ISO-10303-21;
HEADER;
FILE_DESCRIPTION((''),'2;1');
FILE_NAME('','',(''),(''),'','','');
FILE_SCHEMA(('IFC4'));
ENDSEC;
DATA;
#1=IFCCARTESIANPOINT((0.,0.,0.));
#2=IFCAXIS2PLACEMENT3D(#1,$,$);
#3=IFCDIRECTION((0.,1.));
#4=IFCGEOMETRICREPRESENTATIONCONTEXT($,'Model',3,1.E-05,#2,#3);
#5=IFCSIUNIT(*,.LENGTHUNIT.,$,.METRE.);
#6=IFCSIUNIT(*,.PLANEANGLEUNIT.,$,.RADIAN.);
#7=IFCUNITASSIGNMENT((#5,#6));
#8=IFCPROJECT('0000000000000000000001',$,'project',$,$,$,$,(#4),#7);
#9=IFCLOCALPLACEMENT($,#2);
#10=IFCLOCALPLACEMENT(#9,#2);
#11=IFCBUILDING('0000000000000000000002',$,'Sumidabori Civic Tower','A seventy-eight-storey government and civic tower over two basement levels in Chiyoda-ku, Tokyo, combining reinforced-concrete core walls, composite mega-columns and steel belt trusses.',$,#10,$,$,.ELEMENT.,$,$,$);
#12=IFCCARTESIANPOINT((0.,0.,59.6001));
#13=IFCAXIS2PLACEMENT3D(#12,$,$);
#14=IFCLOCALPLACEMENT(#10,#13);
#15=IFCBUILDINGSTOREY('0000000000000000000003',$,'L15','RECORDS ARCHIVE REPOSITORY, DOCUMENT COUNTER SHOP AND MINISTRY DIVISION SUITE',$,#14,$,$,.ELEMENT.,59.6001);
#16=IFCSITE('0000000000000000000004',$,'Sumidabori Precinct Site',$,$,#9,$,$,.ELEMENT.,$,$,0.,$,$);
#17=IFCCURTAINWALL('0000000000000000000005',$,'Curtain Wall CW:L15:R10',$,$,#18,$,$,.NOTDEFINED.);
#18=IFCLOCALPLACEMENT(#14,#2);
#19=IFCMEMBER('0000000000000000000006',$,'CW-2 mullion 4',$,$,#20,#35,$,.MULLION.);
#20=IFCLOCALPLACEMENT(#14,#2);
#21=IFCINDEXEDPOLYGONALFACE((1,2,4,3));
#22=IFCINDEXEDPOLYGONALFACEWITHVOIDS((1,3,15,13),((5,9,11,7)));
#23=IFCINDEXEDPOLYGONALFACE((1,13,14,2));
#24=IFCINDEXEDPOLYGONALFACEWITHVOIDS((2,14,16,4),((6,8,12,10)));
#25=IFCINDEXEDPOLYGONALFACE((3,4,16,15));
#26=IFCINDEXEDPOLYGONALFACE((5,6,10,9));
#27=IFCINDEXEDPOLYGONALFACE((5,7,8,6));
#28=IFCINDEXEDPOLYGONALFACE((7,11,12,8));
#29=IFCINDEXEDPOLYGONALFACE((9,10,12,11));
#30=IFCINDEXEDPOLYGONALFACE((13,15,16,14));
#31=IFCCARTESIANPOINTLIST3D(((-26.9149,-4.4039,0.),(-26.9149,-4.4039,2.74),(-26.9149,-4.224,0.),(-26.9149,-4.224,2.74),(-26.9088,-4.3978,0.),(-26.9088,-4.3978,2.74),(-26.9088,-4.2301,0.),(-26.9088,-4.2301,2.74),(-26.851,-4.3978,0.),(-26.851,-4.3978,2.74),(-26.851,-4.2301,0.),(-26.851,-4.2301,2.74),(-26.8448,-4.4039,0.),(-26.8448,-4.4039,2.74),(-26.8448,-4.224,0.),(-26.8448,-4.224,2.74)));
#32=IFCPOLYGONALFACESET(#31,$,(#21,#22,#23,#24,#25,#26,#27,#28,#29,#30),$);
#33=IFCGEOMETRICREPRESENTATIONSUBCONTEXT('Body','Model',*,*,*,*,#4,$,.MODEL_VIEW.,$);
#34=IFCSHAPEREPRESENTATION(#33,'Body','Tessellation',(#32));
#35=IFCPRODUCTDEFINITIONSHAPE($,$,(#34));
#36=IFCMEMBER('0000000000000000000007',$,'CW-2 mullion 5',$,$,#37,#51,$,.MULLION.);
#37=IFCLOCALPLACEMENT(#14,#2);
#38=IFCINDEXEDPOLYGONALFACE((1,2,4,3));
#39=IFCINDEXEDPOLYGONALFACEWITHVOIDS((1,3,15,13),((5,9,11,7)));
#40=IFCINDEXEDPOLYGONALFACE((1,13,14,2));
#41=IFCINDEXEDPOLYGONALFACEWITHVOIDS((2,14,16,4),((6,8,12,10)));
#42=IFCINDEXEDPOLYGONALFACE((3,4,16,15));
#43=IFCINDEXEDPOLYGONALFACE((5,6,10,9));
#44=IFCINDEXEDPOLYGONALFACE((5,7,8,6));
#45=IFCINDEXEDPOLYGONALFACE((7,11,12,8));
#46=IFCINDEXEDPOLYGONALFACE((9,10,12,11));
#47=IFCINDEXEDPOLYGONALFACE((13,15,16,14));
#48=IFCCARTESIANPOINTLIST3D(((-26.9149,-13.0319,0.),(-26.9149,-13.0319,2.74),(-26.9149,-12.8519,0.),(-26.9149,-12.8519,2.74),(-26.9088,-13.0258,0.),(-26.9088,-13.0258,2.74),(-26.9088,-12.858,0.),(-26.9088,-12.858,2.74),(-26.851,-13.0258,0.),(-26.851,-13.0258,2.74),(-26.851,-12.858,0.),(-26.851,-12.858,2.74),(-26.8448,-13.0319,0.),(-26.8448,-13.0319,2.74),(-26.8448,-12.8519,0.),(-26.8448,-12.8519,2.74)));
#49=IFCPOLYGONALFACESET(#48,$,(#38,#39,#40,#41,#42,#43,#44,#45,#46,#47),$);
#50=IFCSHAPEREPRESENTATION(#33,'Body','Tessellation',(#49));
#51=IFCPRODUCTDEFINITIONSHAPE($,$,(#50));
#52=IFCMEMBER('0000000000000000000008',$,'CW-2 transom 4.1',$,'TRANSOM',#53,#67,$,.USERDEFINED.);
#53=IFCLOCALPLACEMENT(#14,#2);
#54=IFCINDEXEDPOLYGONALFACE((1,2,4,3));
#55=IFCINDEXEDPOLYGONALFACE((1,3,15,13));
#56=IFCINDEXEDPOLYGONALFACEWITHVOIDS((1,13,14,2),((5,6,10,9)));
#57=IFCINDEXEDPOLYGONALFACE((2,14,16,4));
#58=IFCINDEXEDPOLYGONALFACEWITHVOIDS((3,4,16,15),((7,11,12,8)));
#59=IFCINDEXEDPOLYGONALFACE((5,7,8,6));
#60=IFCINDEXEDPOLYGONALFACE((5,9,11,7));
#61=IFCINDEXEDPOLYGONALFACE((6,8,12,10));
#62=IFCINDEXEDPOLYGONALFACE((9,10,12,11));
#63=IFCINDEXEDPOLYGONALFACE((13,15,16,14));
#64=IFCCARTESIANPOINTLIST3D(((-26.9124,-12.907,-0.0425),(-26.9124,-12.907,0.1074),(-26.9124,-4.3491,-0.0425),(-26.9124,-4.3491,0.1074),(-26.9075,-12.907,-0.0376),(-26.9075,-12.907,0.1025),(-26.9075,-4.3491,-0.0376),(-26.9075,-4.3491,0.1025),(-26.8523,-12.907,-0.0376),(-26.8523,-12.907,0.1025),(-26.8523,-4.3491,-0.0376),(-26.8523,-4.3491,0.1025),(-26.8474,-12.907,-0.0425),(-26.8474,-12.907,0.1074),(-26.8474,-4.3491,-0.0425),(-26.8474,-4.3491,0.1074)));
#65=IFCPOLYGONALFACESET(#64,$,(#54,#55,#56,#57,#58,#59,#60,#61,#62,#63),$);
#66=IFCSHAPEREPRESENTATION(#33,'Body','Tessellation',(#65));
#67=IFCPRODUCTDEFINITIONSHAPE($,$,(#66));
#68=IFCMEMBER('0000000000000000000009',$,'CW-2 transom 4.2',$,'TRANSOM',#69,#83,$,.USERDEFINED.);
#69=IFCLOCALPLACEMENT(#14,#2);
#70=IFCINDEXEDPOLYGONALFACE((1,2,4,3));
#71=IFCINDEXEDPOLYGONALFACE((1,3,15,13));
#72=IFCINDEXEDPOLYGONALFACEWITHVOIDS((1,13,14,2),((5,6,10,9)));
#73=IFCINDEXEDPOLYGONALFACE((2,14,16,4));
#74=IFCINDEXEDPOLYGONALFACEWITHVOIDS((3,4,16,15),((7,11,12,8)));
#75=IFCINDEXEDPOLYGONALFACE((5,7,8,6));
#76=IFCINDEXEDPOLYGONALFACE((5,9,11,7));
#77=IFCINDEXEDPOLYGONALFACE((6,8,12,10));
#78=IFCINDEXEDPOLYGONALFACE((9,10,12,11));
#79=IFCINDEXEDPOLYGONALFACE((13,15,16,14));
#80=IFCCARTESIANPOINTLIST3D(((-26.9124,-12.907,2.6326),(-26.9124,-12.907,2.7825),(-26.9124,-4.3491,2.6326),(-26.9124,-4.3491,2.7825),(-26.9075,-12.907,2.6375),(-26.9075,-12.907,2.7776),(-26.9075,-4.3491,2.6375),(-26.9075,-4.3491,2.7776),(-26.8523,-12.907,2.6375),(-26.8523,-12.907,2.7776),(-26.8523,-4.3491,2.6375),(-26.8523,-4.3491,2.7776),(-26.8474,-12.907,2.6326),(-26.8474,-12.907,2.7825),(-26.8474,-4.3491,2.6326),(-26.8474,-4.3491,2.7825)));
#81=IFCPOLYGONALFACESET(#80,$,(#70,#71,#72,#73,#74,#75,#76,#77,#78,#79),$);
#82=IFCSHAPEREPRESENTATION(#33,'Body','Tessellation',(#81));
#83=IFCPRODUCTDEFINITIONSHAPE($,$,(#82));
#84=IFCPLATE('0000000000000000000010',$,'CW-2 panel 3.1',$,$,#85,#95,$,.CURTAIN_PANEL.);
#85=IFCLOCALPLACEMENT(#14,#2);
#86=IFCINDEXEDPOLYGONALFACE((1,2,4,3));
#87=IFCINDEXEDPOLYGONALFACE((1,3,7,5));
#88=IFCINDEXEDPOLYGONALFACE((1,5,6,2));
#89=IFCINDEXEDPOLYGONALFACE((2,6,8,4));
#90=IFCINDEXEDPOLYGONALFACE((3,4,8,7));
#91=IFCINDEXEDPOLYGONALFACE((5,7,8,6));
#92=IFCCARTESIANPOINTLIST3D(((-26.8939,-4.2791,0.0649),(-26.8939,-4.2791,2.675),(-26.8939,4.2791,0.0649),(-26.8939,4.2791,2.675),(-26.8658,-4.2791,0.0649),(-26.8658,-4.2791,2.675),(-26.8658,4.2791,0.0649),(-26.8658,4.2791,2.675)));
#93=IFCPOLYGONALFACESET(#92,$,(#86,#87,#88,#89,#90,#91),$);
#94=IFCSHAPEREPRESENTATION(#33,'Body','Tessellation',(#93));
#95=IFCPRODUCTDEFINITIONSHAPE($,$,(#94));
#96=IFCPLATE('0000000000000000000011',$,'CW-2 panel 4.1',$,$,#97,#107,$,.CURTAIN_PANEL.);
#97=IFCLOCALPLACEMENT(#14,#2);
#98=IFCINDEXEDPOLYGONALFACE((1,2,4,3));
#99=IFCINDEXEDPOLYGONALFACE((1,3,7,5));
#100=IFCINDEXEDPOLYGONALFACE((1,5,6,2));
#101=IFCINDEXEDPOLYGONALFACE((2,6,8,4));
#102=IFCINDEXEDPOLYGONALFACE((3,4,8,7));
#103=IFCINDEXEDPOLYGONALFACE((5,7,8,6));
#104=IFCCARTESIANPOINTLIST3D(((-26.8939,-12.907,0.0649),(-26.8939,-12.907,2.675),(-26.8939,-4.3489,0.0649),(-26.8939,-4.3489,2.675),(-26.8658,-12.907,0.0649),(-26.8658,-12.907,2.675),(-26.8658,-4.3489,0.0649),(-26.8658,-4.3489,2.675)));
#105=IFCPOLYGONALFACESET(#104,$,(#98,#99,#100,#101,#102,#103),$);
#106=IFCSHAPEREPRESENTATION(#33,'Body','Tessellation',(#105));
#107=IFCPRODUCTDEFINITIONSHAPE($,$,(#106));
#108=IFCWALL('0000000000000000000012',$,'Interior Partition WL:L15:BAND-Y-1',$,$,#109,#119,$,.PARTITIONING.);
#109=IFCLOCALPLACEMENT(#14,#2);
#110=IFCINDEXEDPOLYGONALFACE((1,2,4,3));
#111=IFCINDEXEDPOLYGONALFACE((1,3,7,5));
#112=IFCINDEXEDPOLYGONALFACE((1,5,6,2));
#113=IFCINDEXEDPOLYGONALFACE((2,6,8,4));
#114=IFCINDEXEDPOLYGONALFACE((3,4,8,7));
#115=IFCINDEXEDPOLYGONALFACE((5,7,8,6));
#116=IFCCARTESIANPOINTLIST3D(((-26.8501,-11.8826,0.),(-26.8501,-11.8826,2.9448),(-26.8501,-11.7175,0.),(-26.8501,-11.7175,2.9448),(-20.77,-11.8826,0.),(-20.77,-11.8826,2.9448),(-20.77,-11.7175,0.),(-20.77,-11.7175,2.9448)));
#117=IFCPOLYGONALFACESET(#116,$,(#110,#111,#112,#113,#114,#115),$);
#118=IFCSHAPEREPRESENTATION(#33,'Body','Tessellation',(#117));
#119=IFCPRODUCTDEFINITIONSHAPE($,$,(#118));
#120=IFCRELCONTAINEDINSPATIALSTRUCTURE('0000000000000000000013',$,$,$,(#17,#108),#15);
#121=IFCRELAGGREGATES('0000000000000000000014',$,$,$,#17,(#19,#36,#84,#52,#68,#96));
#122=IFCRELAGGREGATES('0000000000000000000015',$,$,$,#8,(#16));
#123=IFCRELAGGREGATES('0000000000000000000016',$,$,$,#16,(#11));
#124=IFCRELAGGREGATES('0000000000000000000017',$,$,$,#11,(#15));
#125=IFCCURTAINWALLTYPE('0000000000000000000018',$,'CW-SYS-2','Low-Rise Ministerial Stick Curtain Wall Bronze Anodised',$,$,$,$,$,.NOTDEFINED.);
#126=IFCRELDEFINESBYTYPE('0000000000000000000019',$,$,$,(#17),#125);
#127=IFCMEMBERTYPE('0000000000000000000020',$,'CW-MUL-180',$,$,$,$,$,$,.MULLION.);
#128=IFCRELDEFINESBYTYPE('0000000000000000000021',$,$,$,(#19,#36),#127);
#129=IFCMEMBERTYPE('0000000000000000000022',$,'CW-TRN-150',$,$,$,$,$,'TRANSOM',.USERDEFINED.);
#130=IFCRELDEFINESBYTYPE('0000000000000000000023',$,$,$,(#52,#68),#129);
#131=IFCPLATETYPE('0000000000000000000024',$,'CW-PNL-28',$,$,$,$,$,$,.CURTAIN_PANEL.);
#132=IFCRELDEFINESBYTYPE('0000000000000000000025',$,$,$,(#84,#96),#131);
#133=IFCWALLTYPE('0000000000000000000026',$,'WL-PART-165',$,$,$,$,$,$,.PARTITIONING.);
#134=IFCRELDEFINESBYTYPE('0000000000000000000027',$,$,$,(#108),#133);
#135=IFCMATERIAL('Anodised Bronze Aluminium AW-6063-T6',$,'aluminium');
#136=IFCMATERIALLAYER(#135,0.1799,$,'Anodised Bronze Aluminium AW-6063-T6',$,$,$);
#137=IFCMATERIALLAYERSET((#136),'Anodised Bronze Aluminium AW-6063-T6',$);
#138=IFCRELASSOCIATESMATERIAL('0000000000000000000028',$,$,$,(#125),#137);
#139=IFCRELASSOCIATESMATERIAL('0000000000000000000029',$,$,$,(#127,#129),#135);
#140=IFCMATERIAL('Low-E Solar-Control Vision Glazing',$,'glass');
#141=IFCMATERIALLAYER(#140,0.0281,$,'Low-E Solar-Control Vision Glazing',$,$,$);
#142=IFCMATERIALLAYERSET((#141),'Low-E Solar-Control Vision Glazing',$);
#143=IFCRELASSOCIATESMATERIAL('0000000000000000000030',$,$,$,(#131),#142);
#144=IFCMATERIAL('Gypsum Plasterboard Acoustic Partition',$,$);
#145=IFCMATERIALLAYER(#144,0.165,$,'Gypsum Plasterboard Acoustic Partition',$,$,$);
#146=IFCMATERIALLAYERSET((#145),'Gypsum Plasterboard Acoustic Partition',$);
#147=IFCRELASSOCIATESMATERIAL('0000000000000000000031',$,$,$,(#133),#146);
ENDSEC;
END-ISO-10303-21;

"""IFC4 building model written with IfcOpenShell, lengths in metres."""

from ifc_helpers import new_model, si_unit, direction, frame, frame_2d, origin, origin_2d, place, context, subcontext, project, spatial, rectangle, hollow_rectangle, extrude, source, transform, mapped, material, layer, layer_set, material_profile, profile_set, type_object, element, aggregate, save


model = new_model("IFC4")

# Units and contexts
model_context = context("Model", 3, precision=1e-05, world=origin(), true_north=direction((0.0, 1.0)))
body_context = subcontext(model_context, "Body", "Model", "MODEL_VIEW")
ifc_project = project(units=[si_unit("LENGTHUNIT", "METRE"), si_unit("PLANEANGLEUNIT", "RADIAN")], contexts=[model_context])

# Site, building, storey
site_placement = place(None, origin())
site = spatial("IfcSite", under=ifc_project, at=site_placement, Name="Sumidabori Precinct Site", CompositionType="ELEMENT", RefElevation=0.0)
building_placement = place(site_placement, origin())
building = spatial("IfcBuilding", under=site, at=building_placement, Name="Sumidabori Civic Tower", Description="A seventy-eight-storey government and civic tower over two basement levels in Chiyoda-ku, Tokyo, combining reinforced-concrete core walls, composite mega-columns and steel belt trusses.", CompositionType="ELEMENT")
storey_placement = place(building_placement, frame((0.0, 0.0, 59.6001)))
storey = spatial("IfcBuildingStorey", under=building, at=storey_placement, Name="L15", Description="RECORDS ARCHIVE REPOSITORY, DOCUMENT COUNTER SHOP AND MINISTRY DIVISION SUITE", CompositionType="ELEMENT", Elevation=59.6001)

# Curtain wall, members, plates
ifc_material_1 = material(Name="Anodised Bronze Aluminium AW-6063-T6", Category="aluminium")
ifc_layer_1 = layer(ifc_material_1, 0.1799, Name="Anodised Bronze Aluminium AW-6063-T6")
ifc_layer_set_1 = layer_set([ifc_layer_1], Name="Anodised Bronze Aluminium AW-6063-T6")
curtain_wall_type = type_object("IfcCurtainWallType", Name="CW-SYS-2", Description="Low-Rise Ministerial Stick Curtain Wall Bronze Anodised", PredefinedType="NOTDEFINED", material=ifc_layer_set_1)
curtain_wall_placement = place(storey_placement, origin())
curtain_wall = element("IfcCurtainWall", 1, at=curtain_wall_placement, inside=storey, type_object=curtain_wall_type, Name="Curtain Wall CW:L15:R10", PredefinedType="NOTDEFINED")
ifc_material_profile_1 = material_profile(ifc_material_1, hollow_rectangle(XDim=0.0701, YDim=0.1799, WallThickness=0.0061, at=origin_2d()), Name="ALU MULLION 180x70")
ifc_profile_set_1 = profile_set([ifc_material_profile_1], Name="Anodised Bronze Aluminium AW-6063-T6")
member_type_1 = type_object("IfcMemberType", Name="CW-MUL-180", PredefinedType="MULLION", material=ifc_profile_set_1)
shared_shape_1 = source(origin(), body_context, "Body", "SweptSolid", [
    extrude(hollow_rectangle(XDim=0.0701, YDim=0.1799, WallThickness=0.0061, at=origin_2d()), origin(), (0.0, 0.0, 1.0), 2.74),
])
member_1_placement = place(storey_placement, frame((-26.8799, -4.314, 0.0), z_axis=(0.0, 0.0, 1.0), x_axis=(1.0, 0.0, 0.0)))
member_1 = element("IfcMember", 2, at=member_1_placement, type_object=member_type_1, Name="CW-2 mullion 4", PredefinedType="MULLION", context=body_context, shape_type="MappedRepresentation", body=[
    mapped(shared_shape_1, transform((0.0, 0.0, 0.0), x_axis=(1.0, 0.0, 0.0), y_axis=(0.0, 1.0, 0.0), z_axis=(0.0, 0.0, 1.0), scale=1.0)),
])
member_2_placement = place(storey_placement, frame((-26.8799, -12.9419, 0.0), z_axis=(0.0, 0.0, 1.0), x_axis=(1.0, 0.0, 0.0)))
member_2 = element("IfcMember", 3, at=member_2_placement, type_object=member_type_1, Name="CW-2 mullion 5", PredefinedType="MULLION", context=body_context, shape_type="MappedRepresentation", body=[
    mapped(shared_shape_1, transform((0.0, 0.0, 0.0), x_axis=(1.0, 0.0, 0.0), y_axis=(0.0, 1.0, 0.0), z_axis=(0.0, 0.0, 1.0), scale=1.0)),
])
ifc_material_profile_2 = material_profile(ifc_material_1, hollow_rectangle(XDim=0.0649, YDim=0.1499, WallThickness=0.0049, at=origin_2d()), Name="ALU TRANSOM 150x65")
ifc_profile_set_2 = profile_set([ifc_material_profile_2], Name="Anodised Bronze Aluminium AW-6063-T6")
member_type_2 = type_object("IfcMemberType", Name="CW-TRN-150", ElementType="TRANSOM", PredefinedType="USERDEFINED", material=ifc_profile_set_2)
shared_shape_2 = source(origin(), body_context, "Body", "SweptSolid", [
    extrude(hollow_rectangle(XDim=0.0649, YDim=0.1499, WallThickness=0.0049, at=origin_2d()), origin(), (0.0, 0.0, 1.0), 8.5579),
])
member_3_placement = place(storey_placement, frame((-26.8799, -4.3491, 0.0325), z_axis=(0.0, -1.0, 0.0), x_axis=(1.0, 0.0, 0.0)))
member_3 = element("IfcMember", 4, at=member_3_placement, type_object=member_type_2, Name="CW-2 transom 4.1", ObjectType="TRANSOM", PredefinedType="USERDEFINED", context=body_context, shape_type="MappedRepresentation", body=[
    mapped(shared_shape_2, transform((0.0, 0.0, 0.0), x_axis=(1.0, 0.0, 0.0), y_axis=(0.0, 1.0, 0.0), z_axis=(0.0, 0.0, 1.0), scale=1.0)),
])
member_4_placement = place(storey_placement, frame((-26.8799, -4.3491, 2.7075), z_axis=(0.0, -1.0, 0.0), x_axis=(1.0, 0.0, 0.0)))
member_4 = element("IfcMember", 5, at=member_4_placement, type_object=member_type_2, Name="CW-2 transom 4.2", ObjectType="TRANSOM", PredefinedType="USERDEFINED", context=body_context, shape_type="MappedRepresentation", body=[
    mapped(shared_shape_2, transform((0.0, 0.0, 0.0), x_axis=(1.0, 0.0, 0.0), y_axis=(0.0, 1.0, 0.0), z_axis=(0.0, 0.0, 1.0), scale=1.0)),
])
ifc_material_2 = material(Name="Low-E Solar-Control Vision Glazing", Category="glass")
ifc_layer_2 = layer(ifc_material_2, 0.0281, Name="Low-E Solar-Control Vision Glazing")
ifc_layer_set_2 = layer_set([ifc_layer_2], Name="Low-E Solar-Control Vision Glazing")
plate_type = type_object("IfcPlateType", Name="CW-PNL-28", PredefinedType="CURTAIN_PANEL", material=ifc_layer_set_2)
shared_shape_3 = source(origin(), body_context, "Body", "SweptSolid", [
    extrude(rectangle(XDim=8.5581, YDim=0.0281, at=origin_2d()), origin(), (0.0, 0.0, 1.0), 2.6101),
])
plate_1_placement = place(storey_placement, frame((-26.8799, 0.0, 0.0649), z_axis=(0.0, 0.0, 1.0), x_axis=(0.0, -1.0, 0.0)))
plate_1 = element("IfcPlate", 6, at=plate_1_placement, type_object=plate_type, Name="CW-2 panel 3.1", PredefinedType="CURTAIN_PANEL", context=body_context, shape_type="MappedRepresentation", body=[
    mapped(shared_shape_3, transform((0.0, 0.0, 0.0), x_axis=(1.0, 0.0, 0.0), y_axis=(0.0, 1.0, 0.0), z_axis=(0.0, 0.0, 1.0), scale=1.0)),
])
plate_2_placement = place(storey_placement, frame((-26.8799, -8.6279, 0.0649), z_axis=(0.0, 0.0, 1.0), x_axis=(0.0, -1.0, 0.0)))
plate_2 = element("IfcPlate", 7, at=plate_2_placement, type_object=plate_type, Name="CW-2 panel 4.1", PredefinedType="CURTAIN_PANEL", context=body_context, shape_type="MappedRepresentation", body=[
    mapped(shared_shape_3, transform((0.0, 0.0, 0.0), x_axis=(1.0, 0.0, 0.0), y_axis=(0.0, 1.0, 0.0), z_axis=(0.0, 0.0, 1.0), scale=1.0)),
])
aggregate(curtain_wall, [member_1, member_2, plate_1, member_3, member_4, plate_2])

# Wall
ifc_material_3 = material(Name="Gypsum Plasterboard Acoustic Partition")
ifc_layer_3 = layer(ifc_material_3, 0.165, Name="Gypsum Plasterboard Acoustic Partition")
ifc_layer_set_3 = layer_set([ifc_layer_3], Name="Gypsum Plasterboard Acoustic Partition")
wall_type = type_object("IfcWallType", Name="WL-PART-165", PredefinedType="PARTITIONING", material=ifc_layer_set_3)
shared_shape_4 = source(origin(), body_context, "Body", "SweptSolid", [
    extrude(rectangle(XDim=6.0801, YDim=0.165, at=frame_2d((3.04, 0.0))), origin(), (0.0, 0.0, 1.0), 2.9448),
])
wall_1_placement = place(storey_placement, frame((-26.8501, -11.8, 0.0), z_axis=(0.0, 0.0, 1.0), x_axis=(1.0, 0.0, 0.0)))
element("IfcWall", 8, at=wall_1_placement, inside=storey, type_object=wall_type, Name="Interior Partition WL:L15:BAND-Y-1", PredefinedType="PARTITIONING", context=body_context, shape_type="MappedRepresentation", body=[
    mapped(shared_shape_4, transform((0.0, 0.0, 0.0), x_axis=(1.0, 0.0, 0.0), y_axis=(0.0, 1.0, 0.0), z_axis=(0.0, 0.0, 1.0), scale=1.0)),
])

save(model, "model.ifc")
